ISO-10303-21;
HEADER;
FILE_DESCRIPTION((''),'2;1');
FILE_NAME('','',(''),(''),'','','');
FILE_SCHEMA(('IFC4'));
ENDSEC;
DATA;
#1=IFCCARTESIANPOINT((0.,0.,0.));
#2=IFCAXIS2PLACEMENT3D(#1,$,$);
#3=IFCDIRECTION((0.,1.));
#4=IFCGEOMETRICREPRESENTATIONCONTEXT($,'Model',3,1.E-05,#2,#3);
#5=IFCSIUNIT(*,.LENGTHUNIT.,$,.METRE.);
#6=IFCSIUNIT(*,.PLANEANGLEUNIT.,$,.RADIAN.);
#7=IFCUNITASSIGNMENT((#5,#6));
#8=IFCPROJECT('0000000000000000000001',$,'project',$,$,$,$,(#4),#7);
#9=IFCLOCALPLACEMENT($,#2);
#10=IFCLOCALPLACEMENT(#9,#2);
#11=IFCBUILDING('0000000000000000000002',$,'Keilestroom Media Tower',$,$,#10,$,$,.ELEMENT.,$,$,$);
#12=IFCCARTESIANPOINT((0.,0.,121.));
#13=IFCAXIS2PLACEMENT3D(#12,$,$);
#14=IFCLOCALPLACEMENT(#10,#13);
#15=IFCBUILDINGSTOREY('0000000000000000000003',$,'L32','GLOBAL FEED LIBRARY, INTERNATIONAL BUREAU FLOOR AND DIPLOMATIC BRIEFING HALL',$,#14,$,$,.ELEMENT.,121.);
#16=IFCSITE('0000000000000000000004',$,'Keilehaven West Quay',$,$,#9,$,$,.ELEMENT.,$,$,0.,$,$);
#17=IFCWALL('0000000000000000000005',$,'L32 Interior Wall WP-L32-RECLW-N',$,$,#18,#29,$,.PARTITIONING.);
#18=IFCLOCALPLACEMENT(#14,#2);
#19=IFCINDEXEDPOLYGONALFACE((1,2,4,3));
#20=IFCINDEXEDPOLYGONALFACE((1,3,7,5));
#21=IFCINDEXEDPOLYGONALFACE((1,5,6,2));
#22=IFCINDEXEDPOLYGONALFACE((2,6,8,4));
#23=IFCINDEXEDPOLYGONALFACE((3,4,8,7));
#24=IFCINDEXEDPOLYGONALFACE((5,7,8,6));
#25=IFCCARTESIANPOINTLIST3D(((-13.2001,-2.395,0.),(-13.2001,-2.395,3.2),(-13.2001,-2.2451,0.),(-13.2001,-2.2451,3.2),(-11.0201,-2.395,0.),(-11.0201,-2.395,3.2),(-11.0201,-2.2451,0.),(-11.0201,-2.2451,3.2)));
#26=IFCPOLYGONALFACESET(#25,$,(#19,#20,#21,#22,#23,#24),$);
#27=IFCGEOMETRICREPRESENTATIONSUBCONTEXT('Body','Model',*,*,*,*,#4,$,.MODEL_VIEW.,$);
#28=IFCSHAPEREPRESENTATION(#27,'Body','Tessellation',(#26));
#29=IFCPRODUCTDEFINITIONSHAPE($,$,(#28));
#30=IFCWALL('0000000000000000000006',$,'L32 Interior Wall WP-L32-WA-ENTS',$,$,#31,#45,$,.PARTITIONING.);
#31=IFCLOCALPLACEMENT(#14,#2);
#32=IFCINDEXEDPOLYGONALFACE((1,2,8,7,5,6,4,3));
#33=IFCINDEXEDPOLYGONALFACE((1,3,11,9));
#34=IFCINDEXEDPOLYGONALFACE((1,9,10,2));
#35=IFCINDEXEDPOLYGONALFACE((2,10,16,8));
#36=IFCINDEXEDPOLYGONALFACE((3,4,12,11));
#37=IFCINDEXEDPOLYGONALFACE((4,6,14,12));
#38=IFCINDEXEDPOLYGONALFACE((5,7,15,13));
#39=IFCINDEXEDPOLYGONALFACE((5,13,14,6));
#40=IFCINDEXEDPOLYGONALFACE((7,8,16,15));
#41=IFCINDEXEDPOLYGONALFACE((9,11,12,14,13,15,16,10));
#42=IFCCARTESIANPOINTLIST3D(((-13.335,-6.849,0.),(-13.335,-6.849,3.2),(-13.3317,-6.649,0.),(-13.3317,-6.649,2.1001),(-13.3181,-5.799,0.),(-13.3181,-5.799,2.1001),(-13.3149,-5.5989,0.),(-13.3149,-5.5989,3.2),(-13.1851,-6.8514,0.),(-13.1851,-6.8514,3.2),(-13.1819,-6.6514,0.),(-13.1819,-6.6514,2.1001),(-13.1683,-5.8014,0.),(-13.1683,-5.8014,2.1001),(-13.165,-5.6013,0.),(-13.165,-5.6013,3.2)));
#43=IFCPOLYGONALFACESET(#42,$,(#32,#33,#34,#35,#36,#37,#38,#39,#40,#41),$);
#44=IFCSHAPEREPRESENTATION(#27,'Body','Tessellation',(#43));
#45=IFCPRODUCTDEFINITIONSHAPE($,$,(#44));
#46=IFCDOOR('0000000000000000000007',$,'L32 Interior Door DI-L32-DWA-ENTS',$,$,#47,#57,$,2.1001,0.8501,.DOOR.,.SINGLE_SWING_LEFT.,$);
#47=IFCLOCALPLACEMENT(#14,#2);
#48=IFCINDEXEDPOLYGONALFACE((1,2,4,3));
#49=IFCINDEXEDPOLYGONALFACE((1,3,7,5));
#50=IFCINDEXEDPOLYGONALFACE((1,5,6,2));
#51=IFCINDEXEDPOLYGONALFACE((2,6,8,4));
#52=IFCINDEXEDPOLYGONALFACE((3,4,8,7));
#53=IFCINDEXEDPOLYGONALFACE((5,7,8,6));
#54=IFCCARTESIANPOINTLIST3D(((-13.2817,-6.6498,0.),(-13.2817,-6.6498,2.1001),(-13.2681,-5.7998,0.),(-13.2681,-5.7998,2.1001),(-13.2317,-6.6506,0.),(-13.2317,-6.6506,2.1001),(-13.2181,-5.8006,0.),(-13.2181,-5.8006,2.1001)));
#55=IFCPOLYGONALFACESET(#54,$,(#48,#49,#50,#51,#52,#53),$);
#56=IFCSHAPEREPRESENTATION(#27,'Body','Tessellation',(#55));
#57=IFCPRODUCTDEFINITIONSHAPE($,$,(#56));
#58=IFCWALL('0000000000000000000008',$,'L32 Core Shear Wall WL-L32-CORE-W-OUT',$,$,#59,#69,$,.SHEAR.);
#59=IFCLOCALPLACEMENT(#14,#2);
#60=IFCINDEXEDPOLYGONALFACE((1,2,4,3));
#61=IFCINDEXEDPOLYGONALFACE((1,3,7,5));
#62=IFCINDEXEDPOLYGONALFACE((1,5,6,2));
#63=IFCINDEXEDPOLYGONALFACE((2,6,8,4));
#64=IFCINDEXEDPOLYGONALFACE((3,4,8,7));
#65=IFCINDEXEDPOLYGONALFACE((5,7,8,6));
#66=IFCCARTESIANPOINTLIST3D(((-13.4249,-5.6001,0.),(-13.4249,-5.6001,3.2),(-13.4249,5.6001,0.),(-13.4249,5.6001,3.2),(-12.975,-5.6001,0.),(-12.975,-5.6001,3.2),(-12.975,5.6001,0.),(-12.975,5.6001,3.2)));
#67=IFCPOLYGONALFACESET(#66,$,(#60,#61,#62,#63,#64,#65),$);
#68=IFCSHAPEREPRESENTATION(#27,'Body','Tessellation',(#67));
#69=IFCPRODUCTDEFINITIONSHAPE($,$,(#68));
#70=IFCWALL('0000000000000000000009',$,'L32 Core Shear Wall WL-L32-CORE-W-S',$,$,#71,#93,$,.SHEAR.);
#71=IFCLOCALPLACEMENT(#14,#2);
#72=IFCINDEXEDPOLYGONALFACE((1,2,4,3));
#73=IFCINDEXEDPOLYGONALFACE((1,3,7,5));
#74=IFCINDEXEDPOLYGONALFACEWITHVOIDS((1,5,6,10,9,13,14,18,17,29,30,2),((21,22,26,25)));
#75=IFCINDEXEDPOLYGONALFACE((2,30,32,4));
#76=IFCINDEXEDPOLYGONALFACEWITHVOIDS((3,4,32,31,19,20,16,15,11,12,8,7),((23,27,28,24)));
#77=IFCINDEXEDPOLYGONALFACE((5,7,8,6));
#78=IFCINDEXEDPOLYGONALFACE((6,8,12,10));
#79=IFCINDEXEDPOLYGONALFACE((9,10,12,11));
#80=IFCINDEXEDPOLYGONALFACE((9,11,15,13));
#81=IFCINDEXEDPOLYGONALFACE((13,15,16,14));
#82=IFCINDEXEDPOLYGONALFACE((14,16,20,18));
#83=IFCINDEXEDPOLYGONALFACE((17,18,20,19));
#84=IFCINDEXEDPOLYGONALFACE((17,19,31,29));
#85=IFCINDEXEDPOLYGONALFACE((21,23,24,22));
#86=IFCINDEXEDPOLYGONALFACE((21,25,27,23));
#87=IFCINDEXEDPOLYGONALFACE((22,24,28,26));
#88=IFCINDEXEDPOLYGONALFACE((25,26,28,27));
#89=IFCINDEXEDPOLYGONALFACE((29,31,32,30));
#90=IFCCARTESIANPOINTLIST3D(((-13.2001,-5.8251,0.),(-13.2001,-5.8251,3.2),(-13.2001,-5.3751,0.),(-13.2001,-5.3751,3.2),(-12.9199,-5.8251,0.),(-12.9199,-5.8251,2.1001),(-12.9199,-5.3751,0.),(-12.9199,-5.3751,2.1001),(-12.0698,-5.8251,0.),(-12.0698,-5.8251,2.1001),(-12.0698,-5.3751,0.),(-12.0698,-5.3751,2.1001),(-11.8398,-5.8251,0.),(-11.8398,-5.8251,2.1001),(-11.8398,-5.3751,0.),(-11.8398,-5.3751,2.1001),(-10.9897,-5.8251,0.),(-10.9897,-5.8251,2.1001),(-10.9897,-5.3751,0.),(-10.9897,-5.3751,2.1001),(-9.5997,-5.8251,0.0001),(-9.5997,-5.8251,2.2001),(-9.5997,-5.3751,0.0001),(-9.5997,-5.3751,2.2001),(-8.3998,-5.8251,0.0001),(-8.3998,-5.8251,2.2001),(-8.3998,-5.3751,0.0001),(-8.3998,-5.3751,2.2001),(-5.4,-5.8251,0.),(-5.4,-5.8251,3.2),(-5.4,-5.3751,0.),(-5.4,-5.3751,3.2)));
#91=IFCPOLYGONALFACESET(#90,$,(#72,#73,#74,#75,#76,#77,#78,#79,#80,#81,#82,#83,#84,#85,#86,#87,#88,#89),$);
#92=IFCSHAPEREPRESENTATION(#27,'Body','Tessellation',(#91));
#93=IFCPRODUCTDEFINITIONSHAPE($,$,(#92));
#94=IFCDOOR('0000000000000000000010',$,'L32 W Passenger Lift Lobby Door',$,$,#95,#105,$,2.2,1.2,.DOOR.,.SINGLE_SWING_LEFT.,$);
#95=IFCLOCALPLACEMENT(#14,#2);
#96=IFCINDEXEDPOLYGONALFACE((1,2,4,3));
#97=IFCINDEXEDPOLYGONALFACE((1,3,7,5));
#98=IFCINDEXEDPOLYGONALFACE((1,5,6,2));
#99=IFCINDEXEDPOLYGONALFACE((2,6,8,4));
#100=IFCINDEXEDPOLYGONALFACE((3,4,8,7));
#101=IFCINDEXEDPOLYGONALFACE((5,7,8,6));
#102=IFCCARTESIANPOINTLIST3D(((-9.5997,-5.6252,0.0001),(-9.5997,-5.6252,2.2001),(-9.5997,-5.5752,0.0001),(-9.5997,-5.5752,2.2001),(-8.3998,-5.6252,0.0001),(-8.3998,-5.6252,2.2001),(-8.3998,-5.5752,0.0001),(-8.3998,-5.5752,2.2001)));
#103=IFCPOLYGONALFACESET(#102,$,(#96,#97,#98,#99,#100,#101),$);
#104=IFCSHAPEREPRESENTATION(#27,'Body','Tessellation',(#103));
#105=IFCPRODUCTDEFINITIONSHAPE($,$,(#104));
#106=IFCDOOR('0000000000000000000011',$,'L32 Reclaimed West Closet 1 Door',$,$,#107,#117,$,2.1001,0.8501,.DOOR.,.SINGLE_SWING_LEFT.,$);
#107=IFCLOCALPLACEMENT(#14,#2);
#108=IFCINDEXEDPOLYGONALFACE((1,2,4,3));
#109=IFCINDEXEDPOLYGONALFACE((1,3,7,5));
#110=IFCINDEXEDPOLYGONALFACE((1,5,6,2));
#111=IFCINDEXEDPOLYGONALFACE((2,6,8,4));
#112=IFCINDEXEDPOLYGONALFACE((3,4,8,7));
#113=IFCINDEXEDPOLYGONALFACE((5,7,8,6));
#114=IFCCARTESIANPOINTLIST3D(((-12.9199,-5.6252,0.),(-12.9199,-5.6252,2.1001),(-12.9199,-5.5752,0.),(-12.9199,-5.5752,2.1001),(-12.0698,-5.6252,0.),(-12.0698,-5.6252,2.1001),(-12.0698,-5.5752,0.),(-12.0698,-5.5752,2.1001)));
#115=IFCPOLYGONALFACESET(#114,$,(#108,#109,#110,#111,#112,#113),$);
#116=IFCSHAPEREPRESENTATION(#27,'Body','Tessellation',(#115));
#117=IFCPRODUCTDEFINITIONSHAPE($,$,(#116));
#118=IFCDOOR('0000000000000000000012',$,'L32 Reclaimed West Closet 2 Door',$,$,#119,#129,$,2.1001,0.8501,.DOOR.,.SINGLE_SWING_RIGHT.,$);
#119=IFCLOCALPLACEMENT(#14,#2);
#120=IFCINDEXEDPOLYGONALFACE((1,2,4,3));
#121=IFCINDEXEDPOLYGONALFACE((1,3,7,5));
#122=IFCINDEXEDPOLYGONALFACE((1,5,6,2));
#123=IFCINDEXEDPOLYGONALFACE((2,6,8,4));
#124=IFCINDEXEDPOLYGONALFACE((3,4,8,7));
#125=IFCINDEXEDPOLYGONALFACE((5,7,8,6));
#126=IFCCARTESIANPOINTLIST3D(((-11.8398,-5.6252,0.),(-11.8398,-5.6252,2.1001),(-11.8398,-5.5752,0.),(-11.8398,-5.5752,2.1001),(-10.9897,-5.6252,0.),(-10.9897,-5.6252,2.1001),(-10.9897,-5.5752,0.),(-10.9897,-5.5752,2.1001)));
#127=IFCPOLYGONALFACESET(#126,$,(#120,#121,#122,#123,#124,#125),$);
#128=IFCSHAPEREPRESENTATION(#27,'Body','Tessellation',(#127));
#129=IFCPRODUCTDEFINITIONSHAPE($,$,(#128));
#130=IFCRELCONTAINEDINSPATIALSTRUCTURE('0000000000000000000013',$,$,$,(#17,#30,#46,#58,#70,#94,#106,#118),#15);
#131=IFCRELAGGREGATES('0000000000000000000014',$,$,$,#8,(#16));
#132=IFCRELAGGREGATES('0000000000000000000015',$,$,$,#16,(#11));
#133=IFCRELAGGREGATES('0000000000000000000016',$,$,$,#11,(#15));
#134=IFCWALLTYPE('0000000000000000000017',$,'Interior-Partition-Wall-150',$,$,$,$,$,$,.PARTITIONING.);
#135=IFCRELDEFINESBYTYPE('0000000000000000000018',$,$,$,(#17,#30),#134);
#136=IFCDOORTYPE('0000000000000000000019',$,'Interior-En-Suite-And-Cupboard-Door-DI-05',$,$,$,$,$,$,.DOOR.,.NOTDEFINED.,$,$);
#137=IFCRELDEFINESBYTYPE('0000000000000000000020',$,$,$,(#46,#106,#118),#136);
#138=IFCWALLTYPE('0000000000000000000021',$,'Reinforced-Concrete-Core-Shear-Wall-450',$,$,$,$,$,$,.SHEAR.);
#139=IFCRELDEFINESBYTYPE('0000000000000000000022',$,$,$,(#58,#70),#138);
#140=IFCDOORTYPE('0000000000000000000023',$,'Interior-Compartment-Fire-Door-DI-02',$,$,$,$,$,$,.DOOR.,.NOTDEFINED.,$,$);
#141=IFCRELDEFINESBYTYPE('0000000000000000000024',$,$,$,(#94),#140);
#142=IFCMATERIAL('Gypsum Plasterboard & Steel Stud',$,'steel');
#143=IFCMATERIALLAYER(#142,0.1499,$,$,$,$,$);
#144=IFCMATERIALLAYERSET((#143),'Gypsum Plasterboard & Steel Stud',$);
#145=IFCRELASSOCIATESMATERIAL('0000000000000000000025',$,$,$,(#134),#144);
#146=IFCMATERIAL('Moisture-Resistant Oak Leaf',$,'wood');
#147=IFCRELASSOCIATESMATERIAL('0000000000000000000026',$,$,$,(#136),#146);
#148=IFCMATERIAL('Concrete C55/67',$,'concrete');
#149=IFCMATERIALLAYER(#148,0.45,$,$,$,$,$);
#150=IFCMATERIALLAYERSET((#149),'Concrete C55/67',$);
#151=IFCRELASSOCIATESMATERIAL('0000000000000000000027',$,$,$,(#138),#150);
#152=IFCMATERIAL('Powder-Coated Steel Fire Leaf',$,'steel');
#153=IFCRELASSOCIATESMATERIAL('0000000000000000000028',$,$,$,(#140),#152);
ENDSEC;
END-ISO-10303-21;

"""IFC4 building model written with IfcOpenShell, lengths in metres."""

from ifc_helpers import new_model, si_unit, direction, frame, frame_2d, origin, place, context, subcontext, project, spatial, rectangle, extrude, source, transform, mapped, material, layer, layer_set, type_object, element, fill, save


model = new_model("IFC4")

# Units and contexts
model_context = context("Model", 3, precision=1e-05, world=origin(), true_north=direction((0.0, 1.0)))
body_context = subcontext(model_context, "Body", "Model", "MODEL_VIEW")
ifc_project = project(units=[si_unit("LENGTHUNIT", "METRE"), si_unit("PLANEANGLEUNIT", "RADIAN")], contexts=[model_context])

# Site, building, storey
site_placement = place(None, origin())
site = spatial("IfcSite", under=ifc_project, at=site_placement, Name="Keilehaven West Quay", CompositionType="ELEMENT", RefElevation=0.0)
building_placement = place(site_placement, origin())
building = spatial("IfcBuilding", under=site, at=building_placement, Name="Keilestroom Media Tower", CompositionType="ELEMENT")
storey_placement = place(building_placement, frame((0.0, 0.0, 121.0)))
storey = spatial("IfcBuildingStorey", under=building, at=storey_placement, Name="L32", Description="GLOBAL FEED LIBRARY, INTERNATIONAL BUREAU FLOOR AND DIPLOMATIC BRIEFING HALL", CompositionType="ELEMENT", Elevation=121.0)

# Wall
ifc_material_1 = material(Name="Gypsum Plasterboard & Steel Stud", Category="steel")
ifc_layer_1 = layer(ifc_material_1, 0.1499)
ifc_layer_set_1 = layer_set([ifc_layer_1], Name="Gypsum Plasterboard & Steel Stud")
wall_type_1 = type_object("IfcWallType", Name="Interior-Partition-Wall-150", PredefinedType="PARTITIONING", material=ifc_layer_set_1)
wall_1_placement = place(storey_placement, frame((-13.2, -2.3201, 0.0), z_axis=(0.0, 0.0, 1.0), x_axis=(1.0, 0.0, 0.0)))
element("IfcWall", 1, at=wall_1_placement, inside=storey, type_object=wall_type_1, Name="L32 Interior Wall WP-L32-RECLW-N", PredefinedType="PARTITIONING", context=body_context, shape_type="SweptSolid", body=[
    extrude(rectangle(XDim=2.1799, YDim=0.1499, at=frame_2d((1.0898, 0.0))), origin(), (0.0, 0.0, 1.0), 3.2),
])

# Wall, opening, door
wall_2_placement = place(storey_placement, frame((-13.26, -6.8501, 0.0), z_axis=(0.0, 0.0, 1.0), x_axis=(0.016014, 0.999872, 0.0)))
wall_2 = element("IfcWall", 2, at=wall_2_placement, inside=storey, type_object=wall_type_1, Name="L32 Interior Wall WP-L32-WA-ENTS", PredefinedType="PARTITIONING", context=body_context, shape_type="SweptSolid", body=[
    extrude(rectangle(XDim=1.2502, YDim=0.1499, at=frame_2d((0.625, 0.0))), origin(), (0.0, 0.0, 1.0), 3.2),
])
opening_1_placement = place(wall_2_placement, frame((0.2, 0.0, 0.0)))
opening_1 = element("IfcOpeningElement", 3, at=opening_1_placement, cuts=wall_2, PredefinedType="OPENING", context=body_context, shape_type="SweptSolid", body=[
    extrude(rectangle(XDim=0.8501, YDim=2.1001, at=frame_2d((0.425, 1.05))), frame((0.0, 0.085, 0.0), z_axis=(0.0, -1.0, 0.0), x_axis=(1.0, 0.0, 0.0)), (0.0, 0.0, 1.0), 0.1699),
])
ifc_material_2 = material(Name="Moisture-Resistant Oak Leaf", Category="wood")
door_type_1 = type_object("IfcDoorType", Name="Interior-En-Suite-And-Cupboard-Door-DI-05", OperationType="NOTDEFINED", PredefinedType="DOOR", material=ifc_material_2)
shared_shape_1 = source(origin(), body_context, "Body", "SweptSolid", [
    extrude(rectangle(XDim=0.8501, YDim=2.1001, at=frame_2d((0.425, 1.05))), frame((0.0, 0.0249, 0.0), z_axis=(0.0, -1.0, 0.0), x_axis=(1.0, 0.0, 0.0)), (0.0, 0.0, 1.0), 0.05),
])
door_1_placement = place(opening_1_placement, origin())
door_1 = element("IfcDoor", 4, at=door_1_placement, inside=storey, type_object=door_type_1, Name="L32 Interior Door DI-L32-DWA-ENTS", OperationType="SINGLE_SWING_LEFT", OverallHeight=2.1001, OverallWidth=0.8501, PredefinedType="DOOR", context=body_context, shape_type="MappedRepresentation", body=[
    mapped(shared_shape_1, transform((0.0, 0.0, 0.0), x_axis=(1.0, 0.0, 0.0), y_axis=(0.0, 1.0, 0.0), z_axis=(0.0, 0.0, 1.0), scale=1.0)),
])
fill(opening_1, door_1)

# Wall
ifc_material_3 = material(Name="Concrete C55/67", Category="concrete")
ifc_layer_2 = layer(ifc_material_3, 0.45)
ifc_layer_set_2 = layer_set([ifc_layer_2], Name="Concrete C55/67")
wall_type_2 = type_object("IfcWallType", Name="Reinforced-Concrete-Core-Shear-Wall-450", PredefinedType="SHEAR", material=ifc_layer_set_2)
wall_3_placement = place(storey_placement, frame((-13.2, -5.6001, 0.0), z_axis=(0.0, 0.0, 1.0), x_axis=(0.0, 1.0, 0.0)))
element("IfcWall", 5, at=wall_3_placement, inside=storey, type_object=wall_type_2, Name="L32 Core Shear Wall WL-L32-CORE-W-OUT", PredefinedType="SHEAR", context=body_context, shape_type="SweptSolid", body=[
    extrude(rectangle(XDim=11.2002, YDim=0.45, at=frame_2d((5.6001, 0.0))), origin(), (0.0, 0.0, 1.0), 3.2),
])

# Wall, openings, doors
wall_4_placement = place(storey_placement, frame((-13.2, -5.6001, 0.0), z_axis=(0.0, 0.0, 1.0), x_axis=(1.0, 0.0, 0.0)))
wall_4 = element("IfcWall", 6, at=wall_4_placement, inside=storey, type_object=wall_type_2, Name="L32 Core Shear Wall WL-L32-CORE-W-S", PredefinedType="SHEAR", context=body_context, shape_type="SweptSolid", body=[
    extrude(rectangle(XDim=7.8, YDim=0.45, at=frame_2d((3.8999, 0.0))), origin(), (0.0, 0.0, 1.0), 3.2),
])
opening_2_placement = place(wall_4_placement, frame((3.6001, 0.0, 0.0)))
opening_2 = element("IfcOpeningElement", 7, at=opening_2_placement, cuts=wall_4, PredefinedType="OPENING", context=body_context, shape_type="SweptSolid", body=[
    extrude(rectangle(XDim=1.2, YDim=2.2, at=frame_2d((0.6001, 1.1001))), frame((0.0, 0.2349, 0.0), z_axis=(0.0, -1.0, 0.0), x_axis=(1.0, 0.0, 0.0)), (0.0, 0.0, 1.0), 0.47),
])
opening_3_placement = place(wall_4_placement, frame((0.28, 0.0, 0.0)))
opening_3 = element("IfcOpeningElement", 8, at=opening_3_placement, cuts=wall_4, PredefinedType="OPENING", context=body_context, shape_type="SweptSolid", body=[
    extrude(rectangle(XDim=0.8501, YDim=2.1001, at=frame_2d((0.425, 1.05))), frame((0.0, 0.2349, 0.0), z_axis=(0.0, -1.0, 0.0), x_axis=(1.0, 0.0, 0.0)), (0.0, 0.0, 1.0), 0.47),
])
opening_4_placement = place(wall_4_placement, frame((1.3601, 0.0, 0.0)))
opening_4 = element("IfcOpeningElement", 9, at=opening_4_placement, cuts=wall_4, PredefinedType="OPENING", context=body_context, shape_type="SweptSolid", body=[
    extrude(rectangle(XDim=0.8501, YDim=2.1001, at=frame_2d((0.425, 1.05))), frame((0.0, 0.2349, 0.0), z_axis=(0.0, -1.0, 0.0), x_axis=(1.0, 0.0, 0.0)), (0.0, 0.0, 1.0), 0.47),
])
ifc_material_4 = material(Name="Powder-Coated Steel Fire Leaf", Category="steel")
door_type_2 = type_object("IfcDoorType", Name="Interior-Compartment-Fire-Door-DI-02", OperationType="NOTDEFINED", PredefinedType="DOOR", material=ifc_material_4)
shared_shape_2 = source(origin(), body_context, "Body", "SweptSolid", [
    extrude(rectangle(XDim=1.2, YDim=2.2, at=frame_2d((0.6001, 1.1001))), frame((0.0, 0.0249, 0.0), z_axis=(0.0, -1.0, 0.0), x_axis=(1.0, 0.0, 0.0)), (0.0, 0.0, 1.0), 0.05),
])
door_2_placement = place(opening_2_placement, origin())
door_2 = element("IfcDoor", 10, at=door_2_placement, inside=storey, type_object=door_type_2, Name="L32 W Passenger Lift Lobby Door", OperationType="SINGLE_SWING_LEFT", OverallHeight=2.2, OverallWidth=1.2, PredefinedType="DOOR", context=body_context, shape_type="MappedRepresentation", body=[
    mapped(shared_shape_2, transform((0.0, 0.0, 0.0), x_axis=(1.0, 0.0, 0.0), y_axis=(0.0, 1.0, 0.0), z_axis=(0.0, 0.0, 1.0), scale=1.0)),
])
fill(opening_2, door_2)
door_3_placement = place(opening_3_placement, origin())
door_3 = element("IfcDoor", 11, at=door_3_placement, inside=storey, type_object=door_type_1, Name="L32 Reclaimed West Closet 1 Door", OperationType="SINGLE_SWING_LEFT", OverallHeight=2.1001, OverallWidth=0.8501, PredefinedType="DOOR", context=body_context, shape_type="MappedRepresentation", body=[
    mapped(shared_shape_1, transform((0.0, 0.0, 0.0), x_axis=(1.0, 0.0, 0.0), y_axis=(0.0, 1.0, 0.0), z_axis=(0.0, 0.0, 1.0), scale=1.0)),
])
fill(opening_3, door_3)
door_4_placement = place(opening_4_placement, origin())
door_4 = element("IfcDoor", 12, at=door_4_placement, inside=storey, type_object=door_type_1, Name="L32 Reclaimed West Closet 2 Door", OperationType="SINGLE_SWING_RIGHT", OverallHeight=2.1001, OverallWidth=0.8501, PredefinedType="DOOR", context=body_context, shape_type="MappedRepresentation", body=[
    mapped(shared_shape_1, transform((0.0, 0.0, 0.0), x_axis=(1.0, 0.0, 0.0), y_axis=(0.0, 1.0, 0.0), z_axis=(0.0, 0.0, 1.0), scale=1.0)),
])
fill(opening_4, door_4)

save(model, "model.ifc")
